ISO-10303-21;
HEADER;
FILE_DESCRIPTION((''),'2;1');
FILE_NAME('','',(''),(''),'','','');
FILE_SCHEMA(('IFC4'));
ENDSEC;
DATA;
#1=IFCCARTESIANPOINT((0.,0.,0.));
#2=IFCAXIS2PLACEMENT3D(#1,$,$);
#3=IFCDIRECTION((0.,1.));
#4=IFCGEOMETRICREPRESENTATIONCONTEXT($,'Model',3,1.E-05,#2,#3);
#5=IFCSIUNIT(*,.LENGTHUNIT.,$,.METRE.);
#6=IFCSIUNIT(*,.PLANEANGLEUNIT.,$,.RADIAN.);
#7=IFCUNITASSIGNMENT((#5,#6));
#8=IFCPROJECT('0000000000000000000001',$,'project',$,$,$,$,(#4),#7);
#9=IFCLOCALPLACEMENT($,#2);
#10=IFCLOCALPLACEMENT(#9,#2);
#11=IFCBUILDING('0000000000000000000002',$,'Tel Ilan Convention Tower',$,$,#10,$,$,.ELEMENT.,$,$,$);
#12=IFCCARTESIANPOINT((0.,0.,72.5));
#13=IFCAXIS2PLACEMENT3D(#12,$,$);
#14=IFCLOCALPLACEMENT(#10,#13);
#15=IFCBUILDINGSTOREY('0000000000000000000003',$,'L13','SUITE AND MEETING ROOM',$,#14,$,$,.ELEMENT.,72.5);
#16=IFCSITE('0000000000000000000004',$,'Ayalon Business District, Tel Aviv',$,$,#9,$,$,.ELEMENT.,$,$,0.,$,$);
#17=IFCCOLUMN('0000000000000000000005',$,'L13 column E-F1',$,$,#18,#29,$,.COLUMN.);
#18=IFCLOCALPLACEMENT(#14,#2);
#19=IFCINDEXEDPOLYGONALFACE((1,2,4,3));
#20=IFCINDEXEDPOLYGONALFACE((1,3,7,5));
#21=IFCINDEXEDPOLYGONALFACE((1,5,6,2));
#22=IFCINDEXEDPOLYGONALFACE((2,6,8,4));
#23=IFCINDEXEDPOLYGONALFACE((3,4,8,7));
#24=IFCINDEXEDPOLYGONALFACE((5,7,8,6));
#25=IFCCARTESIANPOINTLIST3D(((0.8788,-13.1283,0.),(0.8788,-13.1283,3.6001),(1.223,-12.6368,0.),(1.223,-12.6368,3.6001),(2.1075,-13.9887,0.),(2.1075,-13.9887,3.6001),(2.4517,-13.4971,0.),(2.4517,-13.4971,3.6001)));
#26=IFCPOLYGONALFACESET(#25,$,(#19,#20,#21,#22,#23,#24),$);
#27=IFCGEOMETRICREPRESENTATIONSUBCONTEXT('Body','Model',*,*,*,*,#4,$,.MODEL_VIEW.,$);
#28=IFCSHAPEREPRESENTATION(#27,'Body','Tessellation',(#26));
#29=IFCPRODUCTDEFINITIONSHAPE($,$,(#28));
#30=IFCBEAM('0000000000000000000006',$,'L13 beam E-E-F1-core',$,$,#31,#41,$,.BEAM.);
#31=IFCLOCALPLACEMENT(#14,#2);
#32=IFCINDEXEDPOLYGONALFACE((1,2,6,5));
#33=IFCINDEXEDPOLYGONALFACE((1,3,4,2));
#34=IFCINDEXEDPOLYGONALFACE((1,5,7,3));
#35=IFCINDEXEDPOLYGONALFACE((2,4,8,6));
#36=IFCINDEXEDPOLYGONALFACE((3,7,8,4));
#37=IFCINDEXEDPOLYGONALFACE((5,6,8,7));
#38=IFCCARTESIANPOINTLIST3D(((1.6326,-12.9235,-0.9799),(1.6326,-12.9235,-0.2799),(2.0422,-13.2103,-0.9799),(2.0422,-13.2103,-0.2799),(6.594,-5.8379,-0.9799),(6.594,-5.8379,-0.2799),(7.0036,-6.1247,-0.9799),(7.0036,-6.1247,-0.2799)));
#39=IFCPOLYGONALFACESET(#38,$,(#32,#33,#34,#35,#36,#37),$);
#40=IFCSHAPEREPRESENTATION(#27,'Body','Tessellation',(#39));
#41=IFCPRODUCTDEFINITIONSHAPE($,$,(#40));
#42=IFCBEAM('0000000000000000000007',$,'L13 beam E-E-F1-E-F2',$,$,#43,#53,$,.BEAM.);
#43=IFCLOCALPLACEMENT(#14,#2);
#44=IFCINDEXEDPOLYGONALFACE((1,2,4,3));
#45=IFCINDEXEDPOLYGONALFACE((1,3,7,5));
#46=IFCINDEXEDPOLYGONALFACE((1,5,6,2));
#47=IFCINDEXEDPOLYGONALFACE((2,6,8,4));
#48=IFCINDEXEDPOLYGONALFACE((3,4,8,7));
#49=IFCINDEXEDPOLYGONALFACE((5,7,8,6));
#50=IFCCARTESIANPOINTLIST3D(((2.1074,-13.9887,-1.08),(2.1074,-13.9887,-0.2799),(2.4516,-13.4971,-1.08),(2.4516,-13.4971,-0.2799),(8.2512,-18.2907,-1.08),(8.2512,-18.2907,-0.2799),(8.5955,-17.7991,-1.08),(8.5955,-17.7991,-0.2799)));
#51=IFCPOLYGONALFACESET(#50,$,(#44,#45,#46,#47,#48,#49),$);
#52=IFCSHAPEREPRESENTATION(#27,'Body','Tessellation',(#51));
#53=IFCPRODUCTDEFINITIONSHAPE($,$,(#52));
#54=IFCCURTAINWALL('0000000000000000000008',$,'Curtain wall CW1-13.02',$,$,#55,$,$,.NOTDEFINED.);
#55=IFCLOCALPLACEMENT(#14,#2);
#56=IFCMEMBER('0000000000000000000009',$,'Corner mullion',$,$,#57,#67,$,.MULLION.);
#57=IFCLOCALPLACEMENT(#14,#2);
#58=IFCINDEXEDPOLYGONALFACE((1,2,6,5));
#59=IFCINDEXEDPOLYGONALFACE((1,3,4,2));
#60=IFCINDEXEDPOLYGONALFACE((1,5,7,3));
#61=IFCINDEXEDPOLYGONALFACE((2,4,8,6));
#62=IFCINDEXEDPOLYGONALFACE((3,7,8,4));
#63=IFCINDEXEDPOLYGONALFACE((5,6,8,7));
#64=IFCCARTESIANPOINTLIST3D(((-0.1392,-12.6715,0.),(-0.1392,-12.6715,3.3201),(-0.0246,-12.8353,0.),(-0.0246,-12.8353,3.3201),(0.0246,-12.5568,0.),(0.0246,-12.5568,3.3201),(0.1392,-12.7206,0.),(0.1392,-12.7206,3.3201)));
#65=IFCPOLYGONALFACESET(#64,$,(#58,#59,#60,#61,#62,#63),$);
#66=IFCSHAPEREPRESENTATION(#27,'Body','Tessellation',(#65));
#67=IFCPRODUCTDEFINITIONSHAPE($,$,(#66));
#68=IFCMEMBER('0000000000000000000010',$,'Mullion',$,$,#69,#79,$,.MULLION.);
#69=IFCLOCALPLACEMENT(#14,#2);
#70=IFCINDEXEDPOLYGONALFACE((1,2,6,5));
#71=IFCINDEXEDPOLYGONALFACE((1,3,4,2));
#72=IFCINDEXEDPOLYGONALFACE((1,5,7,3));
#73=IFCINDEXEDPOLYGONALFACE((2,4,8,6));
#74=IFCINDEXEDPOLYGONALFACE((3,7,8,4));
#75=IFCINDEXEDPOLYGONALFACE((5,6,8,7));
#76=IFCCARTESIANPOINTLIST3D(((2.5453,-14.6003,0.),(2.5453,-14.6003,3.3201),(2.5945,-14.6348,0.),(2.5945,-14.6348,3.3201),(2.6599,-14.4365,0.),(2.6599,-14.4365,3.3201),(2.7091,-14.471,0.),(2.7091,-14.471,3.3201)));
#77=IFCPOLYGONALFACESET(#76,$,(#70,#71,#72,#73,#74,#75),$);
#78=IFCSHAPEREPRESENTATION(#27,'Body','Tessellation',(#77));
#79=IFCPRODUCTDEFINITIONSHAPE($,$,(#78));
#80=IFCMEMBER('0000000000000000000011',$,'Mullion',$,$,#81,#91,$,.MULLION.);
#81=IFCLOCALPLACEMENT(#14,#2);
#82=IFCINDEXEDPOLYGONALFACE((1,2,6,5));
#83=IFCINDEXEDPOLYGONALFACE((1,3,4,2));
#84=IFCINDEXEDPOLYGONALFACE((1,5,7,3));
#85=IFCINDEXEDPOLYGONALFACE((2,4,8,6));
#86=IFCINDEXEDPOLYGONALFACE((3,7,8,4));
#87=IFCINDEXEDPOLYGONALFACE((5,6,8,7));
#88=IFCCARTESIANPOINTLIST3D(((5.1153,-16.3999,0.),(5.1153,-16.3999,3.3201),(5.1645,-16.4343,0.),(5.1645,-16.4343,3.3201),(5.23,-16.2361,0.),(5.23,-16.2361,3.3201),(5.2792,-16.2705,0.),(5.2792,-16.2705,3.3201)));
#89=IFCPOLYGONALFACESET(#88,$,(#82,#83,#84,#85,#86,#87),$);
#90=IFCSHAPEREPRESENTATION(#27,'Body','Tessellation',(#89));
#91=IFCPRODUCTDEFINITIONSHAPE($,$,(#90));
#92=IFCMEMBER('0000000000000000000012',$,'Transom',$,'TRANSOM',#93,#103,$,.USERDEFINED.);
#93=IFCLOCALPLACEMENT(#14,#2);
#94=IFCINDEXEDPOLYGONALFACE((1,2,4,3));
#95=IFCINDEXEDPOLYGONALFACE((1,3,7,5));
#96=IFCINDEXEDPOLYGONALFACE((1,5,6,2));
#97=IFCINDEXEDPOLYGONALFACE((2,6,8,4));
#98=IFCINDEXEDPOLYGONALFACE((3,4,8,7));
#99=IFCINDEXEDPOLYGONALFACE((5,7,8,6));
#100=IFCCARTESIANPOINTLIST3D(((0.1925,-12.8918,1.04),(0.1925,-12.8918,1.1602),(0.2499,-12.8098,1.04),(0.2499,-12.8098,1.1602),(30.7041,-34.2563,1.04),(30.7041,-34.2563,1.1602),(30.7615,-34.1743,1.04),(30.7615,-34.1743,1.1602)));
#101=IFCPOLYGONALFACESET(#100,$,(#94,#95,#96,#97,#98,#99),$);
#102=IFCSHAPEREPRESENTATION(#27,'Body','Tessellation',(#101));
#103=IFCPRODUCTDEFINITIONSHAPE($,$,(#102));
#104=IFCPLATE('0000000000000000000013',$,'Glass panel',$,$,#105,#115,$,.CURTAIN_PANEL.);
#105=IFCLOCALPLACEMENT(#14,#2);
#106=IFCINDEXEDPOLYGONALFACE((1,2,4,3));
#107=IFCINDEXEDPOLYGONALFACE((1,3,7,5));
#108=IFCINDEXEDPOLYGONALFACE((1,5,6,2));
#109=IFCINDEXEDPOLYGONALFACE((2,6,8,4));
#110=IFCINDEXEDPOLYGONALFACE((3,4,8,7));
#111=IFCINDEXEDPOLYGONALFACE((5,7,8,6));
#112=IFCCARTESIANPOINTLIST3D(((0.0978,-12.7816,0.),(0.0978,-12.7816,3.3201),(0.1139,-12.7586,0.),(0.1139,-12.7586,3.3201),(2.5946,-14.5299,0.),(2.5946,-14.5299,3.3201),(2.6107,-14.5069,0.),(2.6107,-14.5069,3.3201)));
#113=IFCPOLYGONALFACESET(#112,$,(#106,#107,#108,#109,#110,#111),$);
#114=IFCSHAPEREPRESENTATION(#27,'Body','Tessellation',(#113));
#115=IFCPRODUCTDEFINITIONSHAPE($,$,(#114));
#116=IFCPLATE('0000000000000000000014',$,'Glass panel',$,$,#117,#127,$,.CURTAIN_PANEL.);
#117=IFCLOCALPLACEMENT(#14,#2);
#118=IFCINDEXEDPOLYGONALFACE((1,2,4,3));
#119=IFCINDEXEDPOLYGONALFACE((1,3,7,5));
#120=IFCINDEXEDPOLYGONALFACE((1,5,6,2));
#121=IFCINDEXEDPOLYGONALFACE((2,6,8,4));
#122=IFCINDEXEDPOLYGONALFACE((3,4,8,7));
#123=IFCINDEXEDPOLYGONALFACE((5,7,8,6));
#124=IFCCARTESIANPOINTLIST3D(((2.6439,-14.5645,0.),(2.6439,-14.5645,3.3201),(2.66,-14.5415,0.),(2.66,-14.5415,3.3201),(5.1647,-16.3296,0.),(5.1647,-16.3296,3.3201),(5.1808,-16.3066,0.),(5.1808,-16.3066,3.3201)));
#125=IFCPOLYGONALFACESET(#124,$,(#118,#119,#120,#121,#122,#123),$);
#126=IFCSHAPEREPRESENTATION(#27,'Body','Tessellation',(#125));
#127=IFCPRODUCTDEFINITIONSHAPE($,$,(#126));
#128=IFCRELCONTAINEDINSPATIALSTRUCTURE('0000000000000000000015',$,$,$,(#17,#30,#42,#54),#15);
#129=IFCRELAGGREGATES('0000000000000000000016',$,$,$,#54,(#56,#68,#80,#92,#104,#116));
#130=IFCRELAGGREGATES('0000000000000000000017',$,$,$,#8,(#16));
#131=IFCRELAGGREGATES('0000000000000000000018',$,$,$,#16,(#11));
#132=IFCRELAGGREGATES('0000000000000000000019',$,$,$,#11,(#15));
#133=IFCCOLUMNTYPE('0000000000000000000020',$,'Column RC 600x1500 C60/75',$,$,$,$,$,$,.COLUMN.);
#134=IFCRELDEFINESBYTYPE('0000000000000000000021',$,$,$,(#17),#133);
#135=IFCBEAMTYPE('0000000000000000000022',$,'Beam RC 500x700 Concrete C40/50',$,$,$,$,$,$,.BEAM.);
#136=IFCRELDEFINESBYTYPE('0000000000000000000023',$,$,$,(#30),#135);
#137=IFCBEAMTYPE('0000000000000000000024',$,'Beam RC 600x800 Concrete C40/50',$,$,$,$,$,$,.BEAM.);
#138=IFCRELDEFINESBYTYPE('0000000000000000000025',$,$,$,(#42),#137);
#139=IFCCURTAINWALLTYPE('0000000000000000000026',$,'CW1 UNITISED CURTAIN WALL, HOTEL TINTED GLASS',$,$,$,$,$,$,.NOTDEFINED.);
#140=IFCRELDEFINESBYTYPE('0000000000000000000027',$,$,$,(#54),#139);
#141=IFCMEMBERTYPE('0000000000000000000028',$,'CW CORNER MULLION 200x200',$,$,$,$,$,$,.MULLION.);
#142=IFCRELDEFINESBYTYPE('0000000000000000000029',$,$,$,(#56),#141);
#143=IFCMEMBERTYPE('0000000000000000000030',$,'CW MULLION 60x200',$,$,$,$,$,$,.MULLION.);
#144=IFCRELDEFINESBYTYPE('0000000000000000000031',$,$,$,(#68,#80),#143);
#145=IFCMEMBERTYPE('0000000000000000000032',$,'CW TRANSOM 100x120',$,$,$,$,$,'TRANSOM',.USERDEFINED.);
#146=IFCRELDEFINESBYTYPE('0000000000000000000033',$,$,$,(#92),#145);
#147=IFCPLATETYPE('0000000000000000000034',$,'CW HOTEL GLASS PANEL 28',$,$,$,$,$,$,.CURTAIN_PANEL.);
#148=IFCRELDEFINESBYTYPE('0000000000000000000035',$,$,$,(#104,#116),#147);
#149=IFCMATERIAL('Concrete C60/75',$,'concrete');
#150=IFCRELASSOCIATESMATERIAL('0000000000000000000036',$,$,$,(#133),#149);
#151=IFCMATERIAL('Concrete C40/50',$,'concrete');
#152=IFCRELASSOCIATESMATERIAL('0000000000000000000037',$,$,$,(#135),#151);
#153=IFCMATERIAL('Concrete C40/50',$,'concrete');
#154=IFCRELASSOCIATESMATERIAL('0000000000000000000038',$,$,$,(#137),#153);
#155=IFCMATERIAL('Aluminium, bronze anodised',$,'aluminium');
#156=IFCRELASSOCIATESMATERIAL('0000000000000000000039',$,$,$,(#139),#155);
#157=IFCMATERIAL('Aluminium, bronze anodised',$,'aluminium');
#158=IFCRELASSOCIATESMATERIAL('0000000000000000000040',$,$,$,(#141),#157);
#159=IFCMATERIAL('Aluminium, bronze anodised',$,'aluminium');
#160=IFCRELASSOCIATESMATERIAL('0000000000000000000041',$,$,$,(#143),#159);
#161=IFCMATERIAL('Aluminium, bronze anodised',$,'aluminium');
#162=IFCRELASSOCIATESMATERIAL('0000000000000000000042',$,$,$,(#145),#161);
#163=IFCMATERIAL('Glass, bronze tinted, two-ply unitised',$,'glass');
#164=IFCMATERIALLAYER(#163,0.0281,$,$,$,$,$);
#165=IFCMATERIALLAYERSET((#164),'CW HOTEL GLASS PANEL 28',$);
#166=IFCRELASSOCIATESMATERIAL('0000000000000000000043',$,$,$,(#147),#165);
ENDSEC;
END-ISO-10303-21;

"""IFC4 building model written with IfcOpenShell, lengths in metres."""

from ifc_helpers import new_model, si_unit, direction, frame, origin, origin_2d, place, context, subcontext, project, spatial, rectangle, extrude, material, layer, layer_set, material_profile, profile_set, type_object, element, aggregate, save


model = new_model("IFC4")

# Units and contexts
model_context = context("Model", 3, precision=1e-05, world=origin(), true_north=direction((0.0, 1.0)))
body_context = subcontext(model_context, "Body", "Model", "MODEL_VIEW")
ifc_project = project(units=[si_unit("LENGTHUNIT", "METRE"), si_unit("PLANEANGLEUNIT", "RADIAN")], contexts=[model_context])

# Site, building, storey
site_placement = place(None, origin())
site = spatial("IfcSite", under=ifc_project, at=site_placement, Name="Ayalon Business District, Tel Aviv", CompositionType="ELEMENT", RefElevation=0.0)
building_placement = place(site_placement, origin())
building = spatial("IfcBuilding", under=site, at=building_placement, Name="Tel Ilan Convention Tower", CompositionType="ELEMENT")
storey_placement = place(building_placement, frame((0.0, 0.0, 72.5)))
storey = spatial("IfcBuildingStorey", under=building, at=storey_placement, Name="L13", Description="SUITE AND MEETING ROOM", CompositionType="ELEMENT", Elevation=72.5)

# Column
ifc_material_1 = material(Name="Concrete C60/75", Category="concrete")
ifc_material_profile_1 = material_profile(ifc_material_1, rectangle(XDim=1.5, YDim=0.6001, at=origin_2d()), Name="RC 600x1500")
ifc_profile_set_1 = profile_set([ifc_material_profile_1], Name="Concrete C60/75")
column_type = type_object("IfcColumnType", Name="Column RC 600x1500 C60/75", PredefinedType="COLUMN", material=ifc_profile_set_1)
column_placement = place(storey_placement, frame((1.6653, -13.3127, 0.0), z_axis=(0.0, 0.0, 1.0), x_axis=(0.819152, -0.573576, 0.0)))
element("IfcColumn", 1, at=column_placement, inside=storey, type_object=column_type, Name="L13 column E-F1", PredefinedType="COLUMN", context=body_context, shape_type="SweptSolid", body=[
    extrude(rectangle(XDim=1.5, YDim=0.6001, at=origin_2d()), origin(), (0.0, 0.0, 1.0), 3.6001),
])

# Beams
ifc_material_2 = material(Name="Concrete C40/50", Category="concrete")
ifc_material_profile_2 = material_profile(ifc_material_2, rectangle(XDim=0.5, YDim=0.7, at=origin_2d()), Name="RC 500x700")
ifc_profile_set_2 = profile_set([ifc_material_profile_2], Name="Concrete C40/50")
beam_type_1 = type_object("IfcBeamType", Name="Beam RC 500x700 Concrete C40/50", PredefinedType="BEAM", material=ifc_profile_set_2)
beam_1_placement = place(storey_placement, frame((1.8374, -13.0669, -0.6299), z_axis=(0.573574, 0.819154, 0.0), x_axis=(-0.819154, 0.573574, 0.0)))
element("IfcBeam", 2, at=beam_1_placement, inside=storey, type_object=beam_type_1, Name="L13 beam E-E-F1-core", PredefinedType="BEAM", context=body_context, shape_type="SweptSolid", body=[
    extrude(rectangle(XDim=0.5, YDim=0.7, at=origin_2d()), origin(), (0.0, 0.0, 1.0), 8.6499),
])
ifc_material_3 = material(Name="Concrete C40/50", Category="concrete")
ifc_material_profile_3 = material_profile(ifc_material_3, rectangle(XDim=0.6001, YDim=0.8, at=origin_2d()), Name="RC 600x800")
ifc_profile_set_3 = profile_set([ifc_material_profile_3], Name="Concrete C40/50")
beam_type_2 = type_object("IfcBeamType", Name="Beam RC 600x800 Concrete C40/50", PredefinedType="BEAM", material=ifc_profile_set_3)
beam_2_placement = place(storey_placement, frame((2.2795, -13.7429, -0.6799), z_axis=(0.819148, -0.573582, 0.0), x_axis=(0.573582, 0.819148, 0.0)))
element("IfcBeam", 3, at=beam_2_placement, inside=storey, type_object=beam_type_2, Name="L13 beam E-E-F1-E-F2", PredefinedType="BEAM", context=body_context, shape_type="SweptSolid", body=[
    extrude(rectangle(XDim=0.6001, YDim=0.8, at=origin_2d()), origin(), (0.0, 0.0, 1.0), 7.5002),
])

# Curtain wall, members, plates
ifc_material_4 = material(Name="Aluminium, bronze anodised", Category="aluminium")
curtain_wall_type = type_object("IfcCurtainWallType", Name="CW1 UNITISED CURTAIN WALL, HOTEL TINTED GLASS", PredefinedType="NOTDEFINED", material=ifc_material_4)
curtain_wall_placement = place(storey_placement, origin())
curtain_wall = element("IfcCurtainWall", 4, at=curtain_wall_placement, inside=storey, type_object=curtain_wall_type, Name="Curtain wall CW1-13.02", PredefinedType="NOTDEFINED")
ifc_material_5 = material(Name="Aluminium, bronze anodised", Category="aluminium")
ifc_material_profile_4 = material_profile(ifc_material_5, rectangle(XDim=0.2, YDim=0.2, at=origin_2d()), Name="CW CORNER MULLION 200x200")
ifc_profile_set_4 = profile_set([ifc_material_profile_4], Name="Aluminium, bronze anodised")
member_type_1 = type_object("IfcMemberType", Name="CW CORNER MULLION 200x200", PredefinedType="MULLION", material=ifc_profile_set_4)
member_1_placement = place(storey_placement, frame((0.0, -12.696, 0.0), z_axis=(0.0, 0.0, 1.0), x_axis=(0.819152, 0.573576, 0.0)))
member_1 = element("IfcMember", 5, at=member_1_placement, type_object=member_type_1, Name="Corner mullion", PredefinedType="MULLION", context=body_context, shape_type="SweptSolid", body=[
    extrude(rectangle(XDim=0.2, YDim=0.2, at=origin_2d()), origin(), (0.0, 0.0, 1.0), 3.3201),
])
ifc_material_6 = material(Name="Aluminium, bronze anodised", Category="aluminium")
ifc_material_profile_5 = material_profile(ifc_material_6, rectangle(XDim=0.0601, YDim=0.2, at=origin_2d()), Name="CW MULLION 60x200")
ifc_profile_set_5 = profile_set([ifc_material_profile_5], Name="Aluminium, bronze anodised")
member_type_2 = type_object("IfcMemberType", Name="CW MULLION 60x200", PredefinedType="MULLION", material=ifc_profile_set_5)
member_2_placement = place(storey_placement, frame((2.6272, -14.5356, 0.0), z_axis=(0.0, 0.0, 1.0), x_axis=(0.819152, -0.573576, 0.0)))
member_2 = element("IfcMember", 6, at=member_2_placement, type_object=member_type_2, Name="Mullion", PredefinedType="MULLION", context=body_context, shape_type="SweptSolid", body=[
    extrude(rectangle(XDim=0.0601, YDim=0.2, at=origin_2d()), origin(), (0.0, 0.0, 1.0), 3.3201),
])
member_3_placement = place(storey_placement, frame((5.1973, -16.3352, 0.0), z_axis=(0.0, 0.0, 1.0), x_axis=(0.819152, -0.573576, 0.0)))
member_3 = element("IfcMember", 7, at=member_3_placement, type_object=member_type_2, Name="Mullion", PredefinedType="MULLION", context=body_context, shape_type="SweptSolid", body=[
    extrude(rectangle(XDim=0.0601, YDim=0.2, at=origin_2d()), origin(), (0.0, 0.0, 1.0), 3.3201),
])
ifc_material_7 = material(Name="Aluminium, bronze anodised", Category="aluminium")
ifc_material_profile_6 = material_profile(ifc_material_7, rectangle(XDim=0.1001, YDim=0.1201, at=origin_2d()), Name="CW TRANSOM 100x120")
ifc_profile_set_6 = profile_set([ifc_material_profile_6], Name="Aluminium, bronze anodised")
member_type_3 = type_object("IfcMemberType", Name="CW TRANSOM 100x120", ElementType="TRANSOM", PredefinedType="USERDEFINED", material=ifc_profile_set_6)
member_4_placement = place(storey_placement, frame((0.2212, -12.8508, 1.1001), z_axis=(0.819152, -0.573576, 0.0), x_axis=(0.573576, 0.819152, 0.0)))
member_4 = element("IfcMember", 8, at=member_4_placement, type_object=member_type_3, Name="Transom", ObjectType="TRANSOM", PredefinedType="USERDEFINED", context=body_context, shape_type="SweptSolid", body=[
    extrude(rectangle(XDim=0.1001, YDim=0.1201, at=origin_2d()), origin(), (0.0, 0.0, 1.0), 37.2478),
])
ifc_material_8 = material(Name="Glass, bronze tinted, two-ply unitised", Category="glass")
ifc_layer_1 = layer(ifc_material_8, 0.0281)
ifc_layer_set_1 = layer_set([ifc_layer_1], Name="CW HOTEL GLASS PANEL 28")
plate_type = type_object("IfcPlateType", Name="CW HOTEL GLASS PANEL 28", PredefinedType="CURTAIN_PANEL", material=ifc_layer_set_1)
plate_1_placement = place(storey_placement, frame((1.3542, -13.6443, 0.0), z_axis=(0.0, 0.0, 1.0), x_axis=(0.819152, -0.573576, 0.0)))
plate_1 = element("IfcPlate", 9, at=plate_1_placement, type_object=plate_type, Name="Glass panel", PredefinedType="CURTAIN_PANEL", context=body_context, shape_type="SweptSolid", body=[
    extrude(rectangle(XDim=3.0481, YDim=0.0281, at=origin_2d()), origin(), (0.0, 0.0, 1.0), 3.3201),
])
plate_2_placement = place(storey_placement, frame((3.9124, -15.4355, 0.0), z_axis=(0.0, 0.0, 1.0), x_axis=(0.819152, -0.573576, 0.0)))
plate_2 = element("IfcPlate", 10, at=plate_2_placement, type_object=plate_type, Name="Glass panel", PredefinedType="CURTAIN_PANEL", context=body_context, shape_type="SweptSolid", body=[
    extrude(rectangle(XDim=3.0774, YDim=0.0281, at=origin_2d()), origin(), (0.0, 0.0, 1.0), 3.3201),
])
aggregate(curtain_wall, [member_1, member_2, member_3, member_4, plate_1, plate_2])

save(model, "model.ifc")
